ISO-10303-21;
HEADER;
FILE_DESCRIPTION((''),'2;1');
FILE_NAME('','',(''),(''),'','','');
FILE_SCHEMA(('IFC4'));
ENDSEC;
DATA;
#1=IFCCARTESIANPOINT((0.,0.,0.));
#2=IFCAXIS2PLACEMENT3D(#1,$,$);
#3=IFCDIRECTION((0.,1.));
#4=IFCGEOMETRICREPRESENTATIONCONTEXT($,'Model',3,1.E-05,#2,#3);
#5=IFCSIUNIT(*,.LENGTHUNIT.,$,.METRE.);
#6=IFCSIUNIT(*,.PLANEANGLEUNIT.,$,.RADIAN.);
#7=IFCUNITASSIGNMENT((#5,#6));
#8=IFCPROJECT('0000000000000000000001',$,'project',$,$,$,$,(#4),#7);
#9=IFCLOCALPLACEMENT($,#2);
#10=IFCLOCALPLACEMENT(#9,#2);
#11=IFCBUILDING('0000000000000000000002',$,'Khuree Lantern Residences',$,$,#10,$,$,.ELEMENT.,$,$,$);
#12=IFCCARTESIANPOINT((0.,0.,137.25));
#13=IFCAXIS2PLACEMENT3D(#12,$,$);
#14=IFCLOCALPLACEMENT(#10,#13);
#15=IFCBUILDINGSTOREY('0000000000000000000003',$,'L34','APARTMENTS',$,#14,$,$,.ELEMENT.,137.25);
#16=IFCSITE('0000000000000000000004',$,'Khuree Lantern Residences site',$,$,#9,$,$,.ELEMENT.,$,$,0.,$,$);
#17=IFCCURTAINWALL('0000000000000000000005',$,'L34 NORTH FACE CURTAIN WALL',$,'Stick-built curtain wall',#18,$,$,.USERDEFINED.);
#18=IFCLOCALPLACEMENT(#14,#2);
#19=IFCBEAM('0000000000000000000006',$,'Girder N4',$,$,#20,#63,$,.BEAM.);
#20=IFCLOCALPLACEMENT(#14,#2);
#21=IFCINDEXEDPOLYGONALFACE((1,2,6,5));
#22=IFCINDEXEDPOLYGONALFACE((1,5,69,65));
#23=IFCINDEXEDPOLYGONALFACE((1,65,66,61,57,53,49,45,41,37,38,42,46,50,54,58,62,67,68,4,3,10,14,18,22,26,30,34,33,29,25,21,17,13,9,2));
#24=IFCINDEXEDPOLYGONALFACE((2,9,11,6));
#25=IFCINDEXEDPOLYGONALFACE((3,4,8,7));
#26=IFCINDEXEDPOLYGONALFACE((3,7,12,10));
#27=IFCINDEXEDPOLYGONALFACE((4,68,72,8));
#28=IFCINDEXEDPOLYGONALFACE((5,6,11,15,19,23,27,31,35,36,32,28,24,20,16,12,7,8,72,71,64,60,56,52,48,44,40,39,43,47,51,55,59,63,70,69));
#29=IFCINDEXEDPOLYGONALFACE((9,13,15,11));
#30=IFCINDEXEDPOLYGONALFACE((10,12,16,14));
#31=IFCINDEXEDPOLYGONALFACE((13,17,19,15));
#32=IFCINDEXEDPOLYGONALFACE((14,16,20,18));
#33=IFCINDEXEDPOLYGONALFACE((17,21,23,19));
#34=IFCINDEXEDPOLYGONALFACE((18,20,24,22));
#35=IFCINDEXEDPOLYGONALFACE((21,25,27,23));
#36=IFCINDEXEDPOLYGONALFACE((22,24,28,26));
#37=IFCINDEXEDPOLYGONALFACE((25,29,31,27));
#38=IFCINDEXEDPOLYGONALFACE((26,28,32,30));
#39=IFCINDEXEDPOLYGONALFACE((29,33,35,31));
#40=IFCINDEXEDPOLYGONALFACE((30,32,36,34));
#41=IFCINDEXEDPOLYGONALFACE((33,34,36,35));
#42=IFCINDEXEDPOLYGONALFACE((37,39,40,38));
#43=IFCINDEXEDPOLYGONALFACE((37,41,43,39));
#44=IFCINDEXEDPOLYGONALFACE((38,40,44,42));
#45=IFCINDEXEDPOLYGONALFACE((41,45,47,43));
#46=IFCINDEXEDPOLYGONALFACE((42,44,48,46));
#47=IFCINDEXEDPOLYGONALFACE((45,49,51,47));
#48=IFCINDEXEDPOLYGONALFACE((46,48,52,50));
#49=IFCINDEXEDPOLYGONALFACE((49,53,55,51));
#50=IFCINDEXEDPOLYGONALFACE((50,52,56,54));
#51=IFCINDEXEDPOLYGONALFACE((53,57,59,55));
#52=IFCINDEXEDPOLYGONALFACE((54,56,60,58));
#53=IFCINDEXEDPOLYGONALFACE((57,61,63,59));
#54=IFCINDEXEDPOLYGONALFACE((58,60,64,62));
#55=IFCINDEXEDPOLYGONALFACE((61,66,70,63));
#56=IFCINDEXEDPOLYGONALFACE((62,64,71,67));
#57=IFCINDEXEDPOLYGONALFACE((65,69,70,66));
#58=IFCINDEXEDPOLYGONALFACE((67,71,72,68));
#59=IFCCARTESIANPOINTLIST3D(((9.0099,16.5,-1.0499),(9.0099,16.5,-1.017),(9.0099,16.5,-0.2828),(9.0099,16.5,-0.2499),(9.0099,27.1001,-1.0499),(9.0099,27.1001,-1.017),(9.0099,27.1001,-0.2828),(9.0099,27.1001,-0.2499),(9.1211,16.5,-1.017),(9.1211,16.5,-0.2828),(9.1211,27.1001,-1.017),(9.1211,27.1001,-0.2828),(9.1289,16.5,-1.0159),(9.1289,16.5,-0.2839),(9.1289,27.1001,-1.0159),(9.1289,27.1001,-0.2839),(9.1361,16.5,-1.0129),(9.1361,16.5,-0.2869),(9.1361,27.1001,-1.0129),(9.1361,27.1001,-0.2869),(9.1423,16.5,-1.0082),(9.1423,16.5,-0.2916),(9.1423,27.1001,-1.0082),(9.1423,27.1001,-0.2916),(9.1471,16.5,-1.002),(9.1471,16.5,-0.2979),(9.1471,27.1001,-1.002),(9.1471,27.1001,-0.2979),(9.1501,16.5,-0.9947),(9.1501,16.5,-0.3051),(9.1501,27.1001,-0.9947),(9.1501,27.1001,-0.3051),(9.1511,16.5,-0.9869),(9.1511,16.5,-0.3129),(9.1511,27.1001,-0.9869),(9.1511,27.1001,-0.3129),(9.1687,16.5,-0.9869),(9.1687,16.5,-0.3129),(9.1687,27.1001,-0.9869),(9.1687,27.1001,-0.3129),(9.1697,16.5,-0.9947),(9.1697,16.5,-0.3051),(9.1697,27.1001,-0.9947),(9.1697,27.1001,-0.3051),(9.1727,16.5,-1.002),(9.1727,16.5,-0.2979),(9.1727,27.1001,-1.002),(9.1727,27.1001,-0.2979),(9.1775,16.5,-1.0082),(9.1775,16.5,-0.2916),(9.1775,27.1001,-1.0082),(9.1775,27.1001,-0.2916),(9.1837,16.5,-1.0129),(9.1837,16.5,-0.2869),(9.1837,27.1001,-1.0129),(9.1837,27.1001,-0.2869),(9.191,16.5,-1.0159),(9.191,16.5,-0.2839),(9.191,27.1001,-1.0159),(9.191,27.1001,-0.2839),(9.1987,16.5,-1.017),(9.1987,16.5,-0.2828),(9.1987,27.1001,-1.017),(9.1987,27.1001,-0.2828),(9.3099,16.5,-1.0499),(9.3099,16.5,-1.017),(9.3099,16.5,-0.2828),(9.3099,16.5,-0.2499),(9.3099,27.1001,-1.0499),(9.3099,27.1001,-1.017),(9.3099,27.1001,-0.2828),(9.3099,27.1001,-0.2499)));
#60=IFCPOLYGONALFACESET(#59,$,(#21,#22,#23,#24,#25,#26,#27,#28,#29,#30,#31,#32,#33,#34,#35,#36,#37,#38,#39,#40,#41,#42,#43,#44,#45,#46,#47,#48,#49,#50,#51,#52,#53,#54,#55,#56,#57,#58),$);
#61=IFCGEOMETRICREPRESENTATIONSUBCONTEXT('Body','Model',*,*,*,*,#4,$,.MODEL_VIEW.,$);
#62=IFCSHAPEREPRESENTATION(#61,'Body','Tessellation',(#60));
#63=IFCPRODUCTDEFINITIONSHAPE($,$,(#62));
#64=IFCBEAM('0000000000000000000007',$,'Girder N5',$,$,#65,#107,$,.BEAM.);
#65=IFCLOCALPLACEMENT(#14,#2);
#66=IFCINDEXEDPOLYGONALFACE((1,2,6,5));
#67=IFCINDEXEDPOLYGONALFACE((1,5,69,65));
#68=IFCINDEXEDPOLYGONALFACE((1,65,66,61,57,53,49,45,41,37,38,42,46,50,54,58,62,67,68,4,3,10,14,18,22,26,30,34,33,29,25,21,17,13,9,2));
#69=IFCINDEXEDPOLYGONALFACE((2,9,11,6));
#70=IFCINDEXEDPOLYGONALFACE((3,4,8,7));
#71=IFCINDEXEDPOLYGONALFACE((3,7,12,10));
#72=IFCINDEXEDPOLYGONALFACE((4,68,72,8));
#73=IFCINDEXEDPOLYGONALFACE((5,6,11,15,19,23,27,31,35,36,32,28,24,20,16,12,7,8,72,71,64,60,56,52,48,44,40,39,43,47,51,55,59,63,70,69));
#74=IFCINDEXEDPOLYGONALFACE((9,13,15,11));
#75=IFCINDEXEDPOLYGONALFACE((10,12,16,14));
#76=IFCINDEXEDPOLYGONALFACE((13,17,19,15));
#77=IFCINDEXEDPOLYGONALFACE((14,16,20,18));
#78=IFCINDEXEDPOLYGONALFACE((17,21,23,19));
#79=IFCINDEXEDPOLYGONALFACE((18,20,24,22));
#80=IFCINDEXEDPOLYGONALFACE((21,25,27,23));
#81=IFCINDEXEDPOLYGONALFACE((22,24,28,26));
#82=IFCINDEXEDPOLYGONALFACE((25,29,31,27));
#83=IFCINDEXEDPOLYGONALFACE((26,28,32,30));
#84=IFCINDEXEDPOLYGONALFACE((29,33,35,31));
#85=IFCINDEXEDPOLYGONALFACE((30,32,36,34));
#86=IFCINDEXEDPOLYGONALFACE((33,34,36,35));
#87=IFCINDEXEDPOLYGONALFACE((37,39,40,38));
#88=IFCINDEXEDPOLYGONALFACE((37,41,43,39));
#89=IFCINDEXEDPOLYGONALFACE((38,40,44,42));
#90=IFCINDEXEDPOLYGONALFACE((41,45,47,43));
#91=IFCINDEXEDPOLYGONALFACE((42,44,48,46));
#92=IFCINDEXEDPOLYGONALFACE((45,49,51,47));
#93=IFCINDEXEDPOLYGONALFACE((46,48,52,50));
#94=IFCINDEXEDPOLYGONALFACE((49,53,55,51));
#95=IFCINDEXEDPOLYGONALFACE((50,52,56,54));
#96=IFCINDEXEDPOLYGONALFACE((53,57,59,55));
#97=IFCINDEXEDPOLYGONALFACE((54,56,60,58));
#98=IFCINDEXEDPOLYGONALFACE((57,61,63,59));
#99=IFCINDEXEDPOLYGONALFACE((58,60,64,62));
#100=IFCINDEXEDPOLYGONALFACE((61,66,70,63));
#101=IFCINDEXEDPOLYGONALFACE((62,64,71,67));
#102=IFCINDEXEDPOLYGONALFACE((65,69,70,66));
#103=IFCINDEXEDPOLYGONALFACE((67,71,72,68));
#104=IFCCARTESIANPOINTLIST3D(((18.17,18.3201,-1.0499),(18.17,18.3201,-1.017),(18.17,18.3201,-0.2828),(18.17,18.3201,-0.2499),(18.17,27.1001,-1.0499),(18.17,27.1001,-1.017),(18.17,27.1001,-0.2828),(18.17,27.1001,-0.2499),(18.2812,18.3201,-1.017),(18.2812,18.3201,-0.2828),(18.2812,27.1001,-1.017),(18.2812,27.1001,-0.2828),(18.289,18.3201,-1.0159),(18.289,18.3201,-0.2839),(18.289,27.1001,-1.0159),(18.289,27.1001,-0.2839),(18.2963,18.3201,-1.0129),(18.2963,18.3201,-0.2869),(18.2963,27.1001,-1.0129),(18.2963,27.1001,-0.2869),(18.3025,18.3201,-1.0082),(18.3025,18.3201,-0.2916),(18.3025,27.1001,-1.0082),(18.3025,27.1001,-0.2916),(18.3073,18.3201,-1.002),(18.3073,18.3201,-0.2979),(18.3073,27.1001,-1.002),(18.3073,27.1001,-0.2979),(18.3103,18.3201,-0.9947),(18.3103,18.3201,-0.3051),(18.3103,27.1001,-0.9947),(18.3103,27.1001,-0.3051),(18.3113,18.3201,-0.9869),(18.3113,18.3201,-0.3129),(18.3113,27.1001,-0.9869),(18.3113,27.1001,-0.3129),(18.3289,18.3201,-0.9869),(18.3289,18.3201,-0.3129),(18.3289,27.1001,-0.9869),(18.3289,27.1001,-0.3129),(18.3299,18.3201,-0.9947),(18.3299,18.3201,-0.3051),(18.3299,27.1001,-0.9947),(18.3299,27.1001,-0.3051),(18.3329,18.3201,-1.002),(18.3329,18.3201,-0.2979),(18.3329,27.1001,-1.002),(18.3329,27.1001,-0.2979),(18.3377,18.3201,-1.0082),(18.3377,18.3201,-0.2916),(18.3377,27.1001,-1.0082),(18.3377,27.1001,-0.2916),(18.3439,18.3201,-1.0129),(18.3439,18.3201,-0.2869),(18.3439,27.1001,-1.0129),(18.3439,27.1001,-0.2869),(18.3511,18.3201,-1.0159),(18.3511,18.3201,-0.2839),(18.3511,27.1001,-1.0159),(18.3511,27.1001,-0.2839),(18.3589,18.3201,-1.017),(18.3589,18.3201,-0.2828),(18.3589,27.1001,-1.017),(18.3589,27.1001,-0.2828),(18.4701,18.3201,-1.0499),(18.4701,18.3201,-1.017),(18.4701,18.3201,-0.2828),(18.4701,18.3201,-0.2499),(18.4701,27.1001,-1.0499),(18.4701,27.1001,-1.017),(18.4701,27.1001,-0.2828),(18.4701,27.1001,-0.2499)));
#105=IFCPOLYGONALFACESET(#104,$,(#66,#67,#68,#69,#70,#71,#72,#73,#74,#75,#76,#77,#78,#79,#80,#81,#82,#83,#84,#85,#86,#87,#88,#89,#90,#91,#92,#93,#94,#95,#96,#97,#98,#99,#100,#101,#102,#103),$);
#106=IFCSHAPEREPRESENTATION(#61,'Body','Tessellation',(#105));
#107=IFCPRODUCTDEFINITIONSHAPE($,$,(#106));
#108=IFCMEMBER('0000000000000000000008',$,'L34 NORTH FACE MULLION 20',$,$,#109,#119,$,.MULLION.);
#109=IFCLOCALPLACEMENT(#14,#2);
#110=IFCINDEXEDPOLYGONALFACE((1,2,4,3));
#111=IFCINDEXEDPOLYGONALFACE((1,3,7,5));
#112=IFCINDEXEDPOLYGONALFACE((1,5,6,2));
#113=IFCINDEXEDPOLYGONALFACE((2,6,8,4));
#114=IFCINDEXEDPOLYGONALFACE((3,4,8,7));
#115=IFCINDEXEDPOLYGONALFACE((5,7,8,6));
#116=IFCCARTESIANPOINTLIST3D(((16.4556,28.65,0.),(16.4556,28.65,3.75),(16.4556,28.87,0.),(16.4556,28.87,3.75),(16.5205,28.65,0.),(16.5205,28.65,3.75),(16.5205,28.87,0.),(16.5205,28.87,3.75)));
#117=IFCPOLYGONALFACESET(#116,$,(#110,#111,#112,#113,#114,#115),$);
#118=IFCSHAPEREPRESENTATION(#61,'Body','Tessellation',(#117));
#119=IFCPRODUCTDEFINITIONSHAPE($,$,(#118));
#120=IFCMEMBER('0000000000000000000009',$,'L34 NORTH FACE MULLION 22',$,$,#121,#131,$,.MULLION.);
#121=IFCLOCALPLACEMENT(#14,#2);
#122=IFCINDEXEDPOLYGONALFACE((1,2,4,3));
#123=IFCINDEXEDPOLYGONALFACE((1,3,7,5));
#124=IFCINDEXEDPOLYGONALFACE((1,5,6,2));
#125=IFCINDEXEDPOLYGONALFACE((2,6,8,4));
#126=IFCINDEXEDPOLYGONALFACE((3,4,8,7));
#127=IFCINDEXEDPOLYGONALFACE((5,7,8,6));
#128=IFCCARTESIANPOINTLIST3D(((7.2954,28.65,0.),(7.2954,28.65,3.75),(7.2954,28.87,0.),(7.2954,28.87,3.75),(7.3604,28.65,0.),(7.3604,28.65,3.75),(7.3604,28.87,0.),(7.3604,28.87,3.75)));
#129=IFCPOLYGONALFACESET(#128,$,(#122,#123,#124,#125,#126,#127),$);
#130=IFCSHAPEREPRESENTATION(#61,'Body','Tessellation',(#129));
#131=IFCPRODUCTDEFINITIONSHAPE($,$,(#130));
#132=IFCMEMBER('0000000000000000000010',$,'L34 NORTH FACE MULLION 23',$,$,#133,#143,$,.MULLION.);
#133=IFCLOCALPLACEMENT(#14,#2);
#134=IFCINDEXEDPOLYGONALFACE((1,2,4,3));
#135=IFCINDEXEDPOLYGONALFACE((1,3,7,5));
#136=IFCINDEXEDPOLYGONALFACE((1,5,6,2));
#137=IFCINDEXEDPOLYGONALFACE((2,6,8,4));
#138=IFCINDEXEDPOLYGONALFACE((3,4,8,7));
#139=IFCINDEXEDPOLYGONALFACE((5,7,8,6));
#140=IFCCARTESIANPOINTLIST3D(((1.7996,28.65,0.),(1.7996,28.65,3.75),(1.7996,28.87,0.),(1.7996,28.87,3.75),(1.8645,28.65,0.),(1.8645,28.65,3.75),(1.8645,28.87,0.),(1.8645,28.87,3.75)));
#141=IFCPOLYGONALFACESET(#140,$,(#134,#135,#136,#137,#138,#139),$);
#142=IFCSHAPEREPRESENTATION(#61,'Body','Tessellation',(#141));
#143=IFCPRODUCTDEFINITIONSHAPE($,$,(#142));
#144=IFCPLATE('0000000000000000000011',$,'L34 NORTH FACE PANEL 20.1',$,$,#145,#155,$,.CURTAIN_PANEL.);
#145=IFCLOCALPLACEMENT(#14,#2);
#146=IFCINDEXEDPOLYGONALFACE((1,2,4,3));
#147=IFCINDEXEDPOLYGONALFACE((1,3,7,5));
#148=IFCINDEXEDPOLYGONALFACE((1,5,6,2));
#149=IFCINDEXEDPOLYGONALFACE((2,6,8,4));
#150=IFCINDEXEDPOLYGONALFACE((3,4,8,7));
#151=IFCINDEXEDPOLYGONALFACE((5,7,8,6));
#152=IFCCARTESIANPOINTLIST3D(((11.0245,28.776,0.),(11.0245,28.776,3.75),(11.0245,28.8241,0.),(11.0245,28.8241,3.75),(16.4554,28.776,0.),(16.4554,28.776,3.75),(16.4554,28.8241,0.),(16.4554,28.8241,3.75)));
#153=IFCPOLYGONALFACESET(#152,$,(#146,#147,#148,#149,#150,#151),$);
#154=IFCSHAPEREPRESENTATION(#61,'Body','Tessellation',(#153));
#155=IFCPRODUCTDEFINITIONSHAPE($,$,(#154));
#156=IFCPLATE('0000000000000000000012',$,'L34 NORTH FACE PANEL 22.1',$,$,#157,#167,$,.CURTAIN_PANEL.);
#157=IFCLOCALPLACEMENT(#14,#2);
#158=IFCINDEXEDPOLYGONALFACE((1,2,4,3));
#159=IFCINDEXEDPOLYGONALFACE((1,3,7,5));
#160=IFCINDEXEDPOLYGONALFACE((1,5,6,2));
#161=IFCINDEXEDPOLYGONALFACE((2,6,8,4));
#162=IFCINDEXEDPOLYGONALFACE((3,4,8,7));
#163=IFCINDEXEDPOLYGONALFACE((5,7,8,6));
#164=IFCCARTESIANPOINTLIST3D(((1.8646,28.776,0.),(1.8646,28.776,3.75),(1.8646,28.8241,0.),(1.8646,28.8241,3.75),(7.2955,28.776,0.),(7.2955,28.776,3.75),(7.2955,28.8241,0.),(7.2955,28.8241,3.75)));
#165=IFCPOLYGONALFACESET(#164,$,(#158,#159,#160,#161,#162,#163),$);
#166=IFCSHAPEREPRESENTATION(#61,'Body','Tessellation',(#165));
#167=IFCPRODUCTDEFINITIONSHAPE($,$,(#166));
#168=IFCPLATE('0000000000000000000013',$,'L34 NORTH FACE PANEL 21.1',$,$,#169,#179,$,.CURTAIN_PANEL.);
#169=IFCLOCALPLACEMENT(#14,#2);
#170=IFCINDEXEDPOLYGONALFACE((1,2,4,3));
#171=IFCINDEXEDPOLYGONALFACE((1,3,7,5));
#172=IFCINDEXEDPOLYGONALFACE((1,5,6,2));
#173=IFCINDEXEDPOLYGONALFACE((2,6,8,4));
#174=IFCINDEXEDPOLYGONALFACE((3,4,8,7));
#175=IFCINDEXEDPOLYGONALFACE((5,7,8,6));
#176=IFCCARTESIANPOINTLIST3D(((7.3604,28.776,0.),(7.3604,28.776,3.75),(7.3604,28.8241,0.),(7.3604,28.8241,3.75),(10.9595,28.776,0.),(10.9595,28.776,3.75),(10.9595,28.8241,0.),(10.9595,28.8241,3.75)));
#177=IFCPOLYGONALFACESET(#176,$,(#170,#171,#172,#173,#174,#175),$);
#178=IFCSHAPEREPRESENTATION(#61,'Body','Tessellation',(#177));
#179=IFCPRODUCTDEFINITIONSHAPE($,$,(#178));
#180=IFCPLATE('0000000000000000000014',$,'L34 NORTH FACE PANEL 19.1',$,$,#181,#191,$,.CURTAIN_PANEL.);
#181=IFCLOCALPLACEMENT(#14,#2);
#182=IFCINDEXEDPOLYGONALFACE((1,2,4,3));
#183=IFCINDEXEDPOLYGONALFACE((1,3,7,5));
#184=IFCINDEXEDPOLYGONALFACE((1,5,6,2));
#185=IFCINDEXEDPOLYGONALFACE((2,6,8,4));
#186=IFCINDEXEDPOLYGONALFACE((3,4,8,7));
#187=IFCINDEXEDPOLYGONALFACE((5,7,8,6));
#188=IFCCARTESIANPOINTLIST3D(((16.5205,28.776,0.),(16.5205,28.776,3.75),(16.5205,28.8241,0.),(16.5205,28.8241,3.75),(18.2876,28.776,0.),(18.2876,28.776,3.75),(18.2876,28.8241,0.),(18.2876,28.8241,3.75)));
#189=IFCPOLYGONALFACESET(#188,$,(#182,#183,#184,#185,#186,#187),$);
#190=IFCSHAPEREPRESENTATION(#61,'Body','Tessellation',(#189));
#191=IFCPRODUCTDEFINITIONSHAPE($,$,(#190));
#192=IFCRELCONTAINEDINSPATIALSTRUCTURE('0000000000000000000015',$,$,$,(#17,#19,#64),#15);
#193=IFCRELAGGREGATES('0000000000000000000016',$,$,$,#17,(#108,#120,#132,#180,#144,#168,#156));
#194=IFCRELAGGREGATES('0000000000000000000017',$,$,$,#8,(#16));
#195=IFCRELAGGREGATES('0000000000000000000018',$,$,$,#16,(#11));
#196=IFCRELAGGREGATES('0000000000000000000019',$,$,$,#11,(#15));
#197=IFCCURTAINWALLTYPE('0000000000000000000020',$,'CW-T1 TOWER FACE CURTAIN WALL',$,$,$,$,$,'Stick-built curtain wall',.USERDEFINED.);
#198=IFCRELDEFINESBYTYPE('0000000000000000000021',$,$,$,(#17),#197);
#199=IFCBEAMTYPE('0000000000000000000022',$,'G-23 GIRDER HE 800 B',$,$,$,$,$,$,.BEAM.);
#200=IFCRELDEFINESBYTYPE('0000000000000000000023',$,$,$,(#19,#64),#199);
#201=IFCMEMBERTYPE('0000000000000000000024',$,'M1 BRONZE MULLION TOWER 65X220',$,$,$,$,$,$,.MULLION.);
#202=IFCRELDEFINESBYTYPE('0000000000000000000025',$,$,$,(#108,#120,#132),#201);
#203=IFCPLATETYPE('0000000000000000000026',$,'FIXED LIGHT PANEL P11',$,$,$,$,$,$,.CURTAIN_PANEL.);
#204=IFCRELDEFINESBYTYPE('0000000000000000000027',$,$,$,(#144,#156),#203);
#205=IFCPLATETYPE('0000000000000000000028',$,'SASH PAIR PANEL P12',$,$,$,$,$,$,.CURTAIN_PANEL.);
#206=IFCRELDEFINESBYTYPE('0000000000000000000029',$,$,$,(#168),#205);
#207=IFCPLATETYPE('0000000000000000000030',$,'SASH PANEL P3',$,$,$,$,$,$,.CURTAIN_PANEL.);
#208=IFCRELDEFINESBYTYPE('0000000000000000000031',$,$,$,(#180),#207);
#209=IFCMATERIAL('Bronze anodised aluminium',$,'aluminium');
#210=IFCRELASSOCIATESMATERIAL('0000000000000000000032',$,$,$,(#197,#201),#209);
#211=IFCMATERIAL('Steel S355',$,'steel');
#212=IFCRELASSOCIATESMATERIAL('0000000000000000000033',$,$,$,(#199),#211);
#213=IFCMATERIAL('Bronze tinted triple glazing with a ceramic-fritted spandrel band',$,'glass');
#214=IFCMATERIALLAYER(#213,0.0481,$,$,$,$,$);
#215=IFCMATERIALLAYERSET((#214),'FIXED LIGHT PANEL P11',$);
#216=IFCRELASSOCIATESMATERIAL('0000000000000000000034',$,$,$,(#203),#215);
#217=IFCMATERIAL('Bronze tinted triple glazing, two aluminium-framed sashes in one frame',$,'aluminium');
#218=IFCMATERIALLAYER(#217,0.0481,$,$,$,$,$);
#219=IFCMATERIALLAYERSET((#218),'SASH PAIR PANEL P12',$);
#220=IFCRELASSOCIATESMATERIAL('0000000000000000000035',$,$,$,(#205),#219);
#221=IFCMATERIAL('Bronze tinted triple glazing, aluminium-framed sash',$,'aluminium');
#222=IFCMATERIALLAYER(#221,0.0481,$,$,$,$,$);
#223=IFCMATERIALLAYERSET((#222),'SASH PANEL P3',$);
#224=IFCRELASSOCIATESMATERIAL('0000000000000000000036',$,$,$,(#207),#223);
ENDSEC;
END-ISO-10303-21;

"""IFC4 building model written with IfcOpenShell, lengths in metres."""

from ifc_helpers import new_model, si_unit, direction, frame, origin, origin_2d, place, context, subcontext, project, spatial, rectangle, i_section, extrude, material, layer, layer_set, material_profile, profile_set, type_object, element, aggregate, save


model = new_model("IFC4")

# Units and contexts
model_context = context("Model", 3, precision=1e-05, world=origin(), true_north=direction((0.0, 1.0)))
body_context = subcontext(model_context, "Body", "Model", "MODEL_VIEW")
ifc_project = project(units=[si_unit("LENGTHUNIT", "METRE"), si_unit("PLANEANGLEUNIT", "RADIAN")], contexts=[model_context])

# Site, building, storey
site_placement = place(None, origin())
site = spatial("IfcSite", under=ifc_project, at=site_placement, Name="Khuree Lantern Residences site", CompositionType="ELEMENT", RefElevation=0.0)
building_placement = place(site_placement, origin())
building = spatial("IfcBuilding", under=site, at=building_placement, Name="Khuree Lantern Residences", CompositionType="ELEMENT")
storey_placement = place(building_placement, frame((0.0, 0.0, 137.25)))
storey = spatial("IfcBuildingStorey", under=building, at=storey_placement, Name="L34", Description="APARTMENTS", CompositionType="ELEMENT", Elevation=137.25)

# Shared definitions
ifc_material_1 = material(Name="Steel S355", Category="steel")

# Curtain wall
ifc_material_2 = material(Name="Bronze anodised aluminium", Category="aluminium")
curtain_wall_type = type_object("IfcCurtainWallType", Name="CW-T1 TOWER FACE CURTAIN WALL", ElementType="Stick-built curtain wall", PredefinedType="USERDEFINED", material=ifc_material_2)
curtain_wall_placement = place(storey_placement, origin())
curtain_wall = element("IfcCurtainWall", 1, at=curtain_wall_placement, inside=storey, type_object=curtain_wall_type, Name="L34 NORTH FACE CURTAIN WALL", ObjectType="Stick-built curtain wall", PredefinedType="USERDEFINED")

# Beams
ifc_material_profile_1 = material_profile(ifc_material_1, i_section(OverallWidth=0.3, OverallDepth=0.8, WebThickness=0.0176, FlangeThickness=0.033, FilletRadius=0.03, at=origin_2d()), Name="HE 800 B")
ifc_profile_set_1 = profile_set([ifc_material_profile_1], Name="Steel S355")
beam_type_1 = type_object("IfcBeamType", Name="G-23 GIRDER HE 800 B", PredefinedType="BEAM", material=ifc_profile_set_1)
beam_1_placement = place(storey_placement, frame((9.1599, 27.1001, -0.6499), z_axis=(0.0, -1.0, 0.0), x_axis=(1.0, 0.0, 0.0)))
element("IfcBeam", 2, at=beam_1_placement, inside=storey, type_object=beam_type_1, Name="Girder N4", PredefinedType="BEAM", context=body_context, shape_type="SweptSolid", body=[
    extrude(i_section(OverallWidth=0.3, OverallDepth=0.8, WebThickness=0.0176, FlangeThickness=0.033, FilletRadius=0.03, at=origin_2d()), origin(), (0.0, 0.0, 1.0), 10.6001),
])
beam_2_placement = place(storey_placement, frame((18.3201, 27.1001, -0.6499), z_axis=(0.0, -1.0, 0.0), x_axis=(1.0, 0.0, 0.0)))
element("IfcBeam", 3, at=beam_2_placement, inside=storey, type_object=beam_type_1, Name="Girder N5", PredefinedType="BEAM", context=body_context, shape_type="SweptSolid", body=[
    extrude(i_section(OverallWidth=0.3, OverallDepth=0.8, WebThickness=0.0176, FlangeThickness=0.033, FilletRadius=0.03, at=origin_2d()), origin(), (0.0, 0.0, 1.0), 8.78),
])

# Members
ifc_material_profile_2 = material_profile(ifc_material_2, rectangle(XDim=0.0649, YDim=0.22, at=origin_2d()), Name="M1 65X220")
ifc_profile_set_2 = profile_set([ifc_material_profile_2], Name="Bronze anodised aluminium")
member_type_1 = type_object("IfcMemberType", Name="M1 BRONZE MULLION TOWER 65X220", PredefinedType="MULLION", material=ifc_profile_set_2)
member_1_placement = place(storey_placement, frame((16.488, 28.76, 0.0), z_axis=(0.0, 0.0, 1.0), x_axis=(-1.0, 0.0, 0.0)))
member_1 = element("IfcMember", 4, at=member_1_placement, type_object=member_type_1, Name="L34 NORTH FACE MULLION 20", PredefinedType="MULLION", context=body_context, shape_type="SweptSolid", body=[
    extrude(rectangle(XDim=0.0649, YDim=0.22, at=origin_2d()), origin(), (0.0, 0.0, 1.0), 3.75),
])
member_2_placement = place(storey_placement, frame((7.3279, 28.76, 0.0), z_axis=(0.0, 0.0, 1.0), x_axis=(-1.0, 0.0, 0.0)))
member_2 = element("IfcMember", 5, at=member_2_placement, type_object=member_type_1, Name="L34 NORTH FACE MULLION 22", PredefinedType="MULLION", context=body_context, shape_type="SweptSolid", body=[
    extrude(rectangle(XDim=0.0649, YDim=0.22, at=origin_2d()), origin(), (0.0, 0.0, 1.0), 3.75),
])
member_3_placement = place(storey_placement, frame((1.832, 28.76, 0.0), z_axis=(0.0, 0.0, 1.0), x_axis=(-1.0, 0.0, 0.0)))
member_3 = element("IfcMember", 6, at=member_3_placement, type_object=member_type_1, Name="L34 NORTH FACE MULLION 23", PredefinedType="MULLION", context=body_context, shape_type="SweptSolid", body=[
    extrude(rectangle(XDim=0.0649, YDim=0.22, at=origin_2d()), origin(), (0.0, 0.0, 1.0), 3.75),
])

# Plates
ifc_material_3 = material(Name="Bronze tinted triple glazing with a ceramic-fritted spandrel band", Category="glass")
ifc_layer_1 = layer(ifc_material_3, 0.0481)
ifc_layer_set_1 = layer_set([ifc_layer_1], Name="FIXED LIGHT PANEL P11")
plate_type_1 = type_object("IfcPlateType", Name="FIXED LIGHT PANEL P11", PredefinedType="CURTAIN_PANEL", material=ifc_layer_set_1)
plate_1_placement = place(storey_placement, frame((13.74, 28.8, 0.0), z_axis=(0.0, 0.0, 1.0), x_axis=(-1.0, 0.0, 0.0)))
plate_1 = element("IfcPlate", 7, at=plate_1_placement, type_object=plate_type_1, Name="L34 NORTH FACE PANEL 20.1", PredefinedType="CURTAIN_PANEL", context=body_context, shape_type="SweptSolid", body=[
    extrude(rectangle(XDim=5.4309, YDim=0.0481, at=origin_2d()), origin(), (0.0, 0.0, 1.0), 3.75),
])
plate_2_placement = place(storey_placement, frame((4.5801, 28.8, 0.0), z_axis=(0.0, 0.0, 1.0), x_axis=(-1.0, 0.0, 0.0)))
plate_2 = element("IfcPlate", 8, at=plate_2_placement, type_object=plate_type_1, Name="L34 NORTH FACE PANEL 22.1", PredefinedType="CURTAIN_PANEL", context=body_context, shape_type="SweptSolid", body=[
    extrude(rectangle(XDim=5.4309, YDim=0.0481, at=origin_2d()), origin(), (0.0, 0.0, 1.0), 3.75),
])
ifc_material_4 = material(Name="Bronze tinted triple glazing, two aluminium-framed sashes in one frame", Category="aluminium")
ifc_layer_2 = layer(ifc_material_4, 0.0481)
ifc_layer_set_2 = layer_set([ifc_layer_2], Name="SASH PAIR PANEL P12")
plate_type_2 = type_object("IfcPlateType", Name="SASH PAIR PANEL P12", PredefinedType="CURTAIN_PANEL", material=ifc_layer_set_2)
plate_3_placement = place(storey_placement, frame((9.1599, 28.8, 0.0), z_axis=(0.0, 0.0, 1.0), x_axis=(-1.0, 0.0, 0.0)))
plate_3 = element("IfcPlate", 9, at=plate_3_placement, type_object=plate_type_2, Name="L34 NORTH FACE PANEL 21.1", PredefinedType="CURTAIN_PANEL", context=body_context, shape_type="SweptSolid", body=[
    extrude(rectangle(XDim=3.5991, YDim=0.0481, at=origin_2d()), origin(), (0.0, 0.0, 1.0), 3.75),
])
ifc_material_5 = material(Name="Bronze tinted triple glazing, aluminium-framed sash", Category="aluminium")
ifc_layer_3 = layer(ifc_material_5, 0.0481)
ifc_layer_set_3 = layer_set([ifc_layer_3], Name="SASH PANEL P3")
plate_type_3 = type_object("IfcPlateType", Name="SASH PANEL P3", PredefinedType="CURTAIN_PANEL", material=ifc_layer_set_3)
plate_4_placement = place(storey_placement, frame((17.4041, 28.8, 0.0), z_axis=(0.0, 0.0, 1.0), x_axis=(-1.0, 0.0, 0.0)))
plate_4 = element("IfcPlate", 10, at=plate_4_placement, type_object=plate_type_3, Name="L34 NORTH FACE PANEL 19.1", PredefinedType="CURTAIN_PANEL", context=body_context, shape_type="SweptSolid", body=[
    extrude(rectangle(XDim=1.7671, YDim=0.0481, at=origin_2d()), origin(), (0.0, 0.0, 1.0), 3.75),
])
aggregate(curtain_wall, [member_1, member_2, member_3, plate_4, plate_1, plate_3, plate_2])

save(model, "model.ifc")
